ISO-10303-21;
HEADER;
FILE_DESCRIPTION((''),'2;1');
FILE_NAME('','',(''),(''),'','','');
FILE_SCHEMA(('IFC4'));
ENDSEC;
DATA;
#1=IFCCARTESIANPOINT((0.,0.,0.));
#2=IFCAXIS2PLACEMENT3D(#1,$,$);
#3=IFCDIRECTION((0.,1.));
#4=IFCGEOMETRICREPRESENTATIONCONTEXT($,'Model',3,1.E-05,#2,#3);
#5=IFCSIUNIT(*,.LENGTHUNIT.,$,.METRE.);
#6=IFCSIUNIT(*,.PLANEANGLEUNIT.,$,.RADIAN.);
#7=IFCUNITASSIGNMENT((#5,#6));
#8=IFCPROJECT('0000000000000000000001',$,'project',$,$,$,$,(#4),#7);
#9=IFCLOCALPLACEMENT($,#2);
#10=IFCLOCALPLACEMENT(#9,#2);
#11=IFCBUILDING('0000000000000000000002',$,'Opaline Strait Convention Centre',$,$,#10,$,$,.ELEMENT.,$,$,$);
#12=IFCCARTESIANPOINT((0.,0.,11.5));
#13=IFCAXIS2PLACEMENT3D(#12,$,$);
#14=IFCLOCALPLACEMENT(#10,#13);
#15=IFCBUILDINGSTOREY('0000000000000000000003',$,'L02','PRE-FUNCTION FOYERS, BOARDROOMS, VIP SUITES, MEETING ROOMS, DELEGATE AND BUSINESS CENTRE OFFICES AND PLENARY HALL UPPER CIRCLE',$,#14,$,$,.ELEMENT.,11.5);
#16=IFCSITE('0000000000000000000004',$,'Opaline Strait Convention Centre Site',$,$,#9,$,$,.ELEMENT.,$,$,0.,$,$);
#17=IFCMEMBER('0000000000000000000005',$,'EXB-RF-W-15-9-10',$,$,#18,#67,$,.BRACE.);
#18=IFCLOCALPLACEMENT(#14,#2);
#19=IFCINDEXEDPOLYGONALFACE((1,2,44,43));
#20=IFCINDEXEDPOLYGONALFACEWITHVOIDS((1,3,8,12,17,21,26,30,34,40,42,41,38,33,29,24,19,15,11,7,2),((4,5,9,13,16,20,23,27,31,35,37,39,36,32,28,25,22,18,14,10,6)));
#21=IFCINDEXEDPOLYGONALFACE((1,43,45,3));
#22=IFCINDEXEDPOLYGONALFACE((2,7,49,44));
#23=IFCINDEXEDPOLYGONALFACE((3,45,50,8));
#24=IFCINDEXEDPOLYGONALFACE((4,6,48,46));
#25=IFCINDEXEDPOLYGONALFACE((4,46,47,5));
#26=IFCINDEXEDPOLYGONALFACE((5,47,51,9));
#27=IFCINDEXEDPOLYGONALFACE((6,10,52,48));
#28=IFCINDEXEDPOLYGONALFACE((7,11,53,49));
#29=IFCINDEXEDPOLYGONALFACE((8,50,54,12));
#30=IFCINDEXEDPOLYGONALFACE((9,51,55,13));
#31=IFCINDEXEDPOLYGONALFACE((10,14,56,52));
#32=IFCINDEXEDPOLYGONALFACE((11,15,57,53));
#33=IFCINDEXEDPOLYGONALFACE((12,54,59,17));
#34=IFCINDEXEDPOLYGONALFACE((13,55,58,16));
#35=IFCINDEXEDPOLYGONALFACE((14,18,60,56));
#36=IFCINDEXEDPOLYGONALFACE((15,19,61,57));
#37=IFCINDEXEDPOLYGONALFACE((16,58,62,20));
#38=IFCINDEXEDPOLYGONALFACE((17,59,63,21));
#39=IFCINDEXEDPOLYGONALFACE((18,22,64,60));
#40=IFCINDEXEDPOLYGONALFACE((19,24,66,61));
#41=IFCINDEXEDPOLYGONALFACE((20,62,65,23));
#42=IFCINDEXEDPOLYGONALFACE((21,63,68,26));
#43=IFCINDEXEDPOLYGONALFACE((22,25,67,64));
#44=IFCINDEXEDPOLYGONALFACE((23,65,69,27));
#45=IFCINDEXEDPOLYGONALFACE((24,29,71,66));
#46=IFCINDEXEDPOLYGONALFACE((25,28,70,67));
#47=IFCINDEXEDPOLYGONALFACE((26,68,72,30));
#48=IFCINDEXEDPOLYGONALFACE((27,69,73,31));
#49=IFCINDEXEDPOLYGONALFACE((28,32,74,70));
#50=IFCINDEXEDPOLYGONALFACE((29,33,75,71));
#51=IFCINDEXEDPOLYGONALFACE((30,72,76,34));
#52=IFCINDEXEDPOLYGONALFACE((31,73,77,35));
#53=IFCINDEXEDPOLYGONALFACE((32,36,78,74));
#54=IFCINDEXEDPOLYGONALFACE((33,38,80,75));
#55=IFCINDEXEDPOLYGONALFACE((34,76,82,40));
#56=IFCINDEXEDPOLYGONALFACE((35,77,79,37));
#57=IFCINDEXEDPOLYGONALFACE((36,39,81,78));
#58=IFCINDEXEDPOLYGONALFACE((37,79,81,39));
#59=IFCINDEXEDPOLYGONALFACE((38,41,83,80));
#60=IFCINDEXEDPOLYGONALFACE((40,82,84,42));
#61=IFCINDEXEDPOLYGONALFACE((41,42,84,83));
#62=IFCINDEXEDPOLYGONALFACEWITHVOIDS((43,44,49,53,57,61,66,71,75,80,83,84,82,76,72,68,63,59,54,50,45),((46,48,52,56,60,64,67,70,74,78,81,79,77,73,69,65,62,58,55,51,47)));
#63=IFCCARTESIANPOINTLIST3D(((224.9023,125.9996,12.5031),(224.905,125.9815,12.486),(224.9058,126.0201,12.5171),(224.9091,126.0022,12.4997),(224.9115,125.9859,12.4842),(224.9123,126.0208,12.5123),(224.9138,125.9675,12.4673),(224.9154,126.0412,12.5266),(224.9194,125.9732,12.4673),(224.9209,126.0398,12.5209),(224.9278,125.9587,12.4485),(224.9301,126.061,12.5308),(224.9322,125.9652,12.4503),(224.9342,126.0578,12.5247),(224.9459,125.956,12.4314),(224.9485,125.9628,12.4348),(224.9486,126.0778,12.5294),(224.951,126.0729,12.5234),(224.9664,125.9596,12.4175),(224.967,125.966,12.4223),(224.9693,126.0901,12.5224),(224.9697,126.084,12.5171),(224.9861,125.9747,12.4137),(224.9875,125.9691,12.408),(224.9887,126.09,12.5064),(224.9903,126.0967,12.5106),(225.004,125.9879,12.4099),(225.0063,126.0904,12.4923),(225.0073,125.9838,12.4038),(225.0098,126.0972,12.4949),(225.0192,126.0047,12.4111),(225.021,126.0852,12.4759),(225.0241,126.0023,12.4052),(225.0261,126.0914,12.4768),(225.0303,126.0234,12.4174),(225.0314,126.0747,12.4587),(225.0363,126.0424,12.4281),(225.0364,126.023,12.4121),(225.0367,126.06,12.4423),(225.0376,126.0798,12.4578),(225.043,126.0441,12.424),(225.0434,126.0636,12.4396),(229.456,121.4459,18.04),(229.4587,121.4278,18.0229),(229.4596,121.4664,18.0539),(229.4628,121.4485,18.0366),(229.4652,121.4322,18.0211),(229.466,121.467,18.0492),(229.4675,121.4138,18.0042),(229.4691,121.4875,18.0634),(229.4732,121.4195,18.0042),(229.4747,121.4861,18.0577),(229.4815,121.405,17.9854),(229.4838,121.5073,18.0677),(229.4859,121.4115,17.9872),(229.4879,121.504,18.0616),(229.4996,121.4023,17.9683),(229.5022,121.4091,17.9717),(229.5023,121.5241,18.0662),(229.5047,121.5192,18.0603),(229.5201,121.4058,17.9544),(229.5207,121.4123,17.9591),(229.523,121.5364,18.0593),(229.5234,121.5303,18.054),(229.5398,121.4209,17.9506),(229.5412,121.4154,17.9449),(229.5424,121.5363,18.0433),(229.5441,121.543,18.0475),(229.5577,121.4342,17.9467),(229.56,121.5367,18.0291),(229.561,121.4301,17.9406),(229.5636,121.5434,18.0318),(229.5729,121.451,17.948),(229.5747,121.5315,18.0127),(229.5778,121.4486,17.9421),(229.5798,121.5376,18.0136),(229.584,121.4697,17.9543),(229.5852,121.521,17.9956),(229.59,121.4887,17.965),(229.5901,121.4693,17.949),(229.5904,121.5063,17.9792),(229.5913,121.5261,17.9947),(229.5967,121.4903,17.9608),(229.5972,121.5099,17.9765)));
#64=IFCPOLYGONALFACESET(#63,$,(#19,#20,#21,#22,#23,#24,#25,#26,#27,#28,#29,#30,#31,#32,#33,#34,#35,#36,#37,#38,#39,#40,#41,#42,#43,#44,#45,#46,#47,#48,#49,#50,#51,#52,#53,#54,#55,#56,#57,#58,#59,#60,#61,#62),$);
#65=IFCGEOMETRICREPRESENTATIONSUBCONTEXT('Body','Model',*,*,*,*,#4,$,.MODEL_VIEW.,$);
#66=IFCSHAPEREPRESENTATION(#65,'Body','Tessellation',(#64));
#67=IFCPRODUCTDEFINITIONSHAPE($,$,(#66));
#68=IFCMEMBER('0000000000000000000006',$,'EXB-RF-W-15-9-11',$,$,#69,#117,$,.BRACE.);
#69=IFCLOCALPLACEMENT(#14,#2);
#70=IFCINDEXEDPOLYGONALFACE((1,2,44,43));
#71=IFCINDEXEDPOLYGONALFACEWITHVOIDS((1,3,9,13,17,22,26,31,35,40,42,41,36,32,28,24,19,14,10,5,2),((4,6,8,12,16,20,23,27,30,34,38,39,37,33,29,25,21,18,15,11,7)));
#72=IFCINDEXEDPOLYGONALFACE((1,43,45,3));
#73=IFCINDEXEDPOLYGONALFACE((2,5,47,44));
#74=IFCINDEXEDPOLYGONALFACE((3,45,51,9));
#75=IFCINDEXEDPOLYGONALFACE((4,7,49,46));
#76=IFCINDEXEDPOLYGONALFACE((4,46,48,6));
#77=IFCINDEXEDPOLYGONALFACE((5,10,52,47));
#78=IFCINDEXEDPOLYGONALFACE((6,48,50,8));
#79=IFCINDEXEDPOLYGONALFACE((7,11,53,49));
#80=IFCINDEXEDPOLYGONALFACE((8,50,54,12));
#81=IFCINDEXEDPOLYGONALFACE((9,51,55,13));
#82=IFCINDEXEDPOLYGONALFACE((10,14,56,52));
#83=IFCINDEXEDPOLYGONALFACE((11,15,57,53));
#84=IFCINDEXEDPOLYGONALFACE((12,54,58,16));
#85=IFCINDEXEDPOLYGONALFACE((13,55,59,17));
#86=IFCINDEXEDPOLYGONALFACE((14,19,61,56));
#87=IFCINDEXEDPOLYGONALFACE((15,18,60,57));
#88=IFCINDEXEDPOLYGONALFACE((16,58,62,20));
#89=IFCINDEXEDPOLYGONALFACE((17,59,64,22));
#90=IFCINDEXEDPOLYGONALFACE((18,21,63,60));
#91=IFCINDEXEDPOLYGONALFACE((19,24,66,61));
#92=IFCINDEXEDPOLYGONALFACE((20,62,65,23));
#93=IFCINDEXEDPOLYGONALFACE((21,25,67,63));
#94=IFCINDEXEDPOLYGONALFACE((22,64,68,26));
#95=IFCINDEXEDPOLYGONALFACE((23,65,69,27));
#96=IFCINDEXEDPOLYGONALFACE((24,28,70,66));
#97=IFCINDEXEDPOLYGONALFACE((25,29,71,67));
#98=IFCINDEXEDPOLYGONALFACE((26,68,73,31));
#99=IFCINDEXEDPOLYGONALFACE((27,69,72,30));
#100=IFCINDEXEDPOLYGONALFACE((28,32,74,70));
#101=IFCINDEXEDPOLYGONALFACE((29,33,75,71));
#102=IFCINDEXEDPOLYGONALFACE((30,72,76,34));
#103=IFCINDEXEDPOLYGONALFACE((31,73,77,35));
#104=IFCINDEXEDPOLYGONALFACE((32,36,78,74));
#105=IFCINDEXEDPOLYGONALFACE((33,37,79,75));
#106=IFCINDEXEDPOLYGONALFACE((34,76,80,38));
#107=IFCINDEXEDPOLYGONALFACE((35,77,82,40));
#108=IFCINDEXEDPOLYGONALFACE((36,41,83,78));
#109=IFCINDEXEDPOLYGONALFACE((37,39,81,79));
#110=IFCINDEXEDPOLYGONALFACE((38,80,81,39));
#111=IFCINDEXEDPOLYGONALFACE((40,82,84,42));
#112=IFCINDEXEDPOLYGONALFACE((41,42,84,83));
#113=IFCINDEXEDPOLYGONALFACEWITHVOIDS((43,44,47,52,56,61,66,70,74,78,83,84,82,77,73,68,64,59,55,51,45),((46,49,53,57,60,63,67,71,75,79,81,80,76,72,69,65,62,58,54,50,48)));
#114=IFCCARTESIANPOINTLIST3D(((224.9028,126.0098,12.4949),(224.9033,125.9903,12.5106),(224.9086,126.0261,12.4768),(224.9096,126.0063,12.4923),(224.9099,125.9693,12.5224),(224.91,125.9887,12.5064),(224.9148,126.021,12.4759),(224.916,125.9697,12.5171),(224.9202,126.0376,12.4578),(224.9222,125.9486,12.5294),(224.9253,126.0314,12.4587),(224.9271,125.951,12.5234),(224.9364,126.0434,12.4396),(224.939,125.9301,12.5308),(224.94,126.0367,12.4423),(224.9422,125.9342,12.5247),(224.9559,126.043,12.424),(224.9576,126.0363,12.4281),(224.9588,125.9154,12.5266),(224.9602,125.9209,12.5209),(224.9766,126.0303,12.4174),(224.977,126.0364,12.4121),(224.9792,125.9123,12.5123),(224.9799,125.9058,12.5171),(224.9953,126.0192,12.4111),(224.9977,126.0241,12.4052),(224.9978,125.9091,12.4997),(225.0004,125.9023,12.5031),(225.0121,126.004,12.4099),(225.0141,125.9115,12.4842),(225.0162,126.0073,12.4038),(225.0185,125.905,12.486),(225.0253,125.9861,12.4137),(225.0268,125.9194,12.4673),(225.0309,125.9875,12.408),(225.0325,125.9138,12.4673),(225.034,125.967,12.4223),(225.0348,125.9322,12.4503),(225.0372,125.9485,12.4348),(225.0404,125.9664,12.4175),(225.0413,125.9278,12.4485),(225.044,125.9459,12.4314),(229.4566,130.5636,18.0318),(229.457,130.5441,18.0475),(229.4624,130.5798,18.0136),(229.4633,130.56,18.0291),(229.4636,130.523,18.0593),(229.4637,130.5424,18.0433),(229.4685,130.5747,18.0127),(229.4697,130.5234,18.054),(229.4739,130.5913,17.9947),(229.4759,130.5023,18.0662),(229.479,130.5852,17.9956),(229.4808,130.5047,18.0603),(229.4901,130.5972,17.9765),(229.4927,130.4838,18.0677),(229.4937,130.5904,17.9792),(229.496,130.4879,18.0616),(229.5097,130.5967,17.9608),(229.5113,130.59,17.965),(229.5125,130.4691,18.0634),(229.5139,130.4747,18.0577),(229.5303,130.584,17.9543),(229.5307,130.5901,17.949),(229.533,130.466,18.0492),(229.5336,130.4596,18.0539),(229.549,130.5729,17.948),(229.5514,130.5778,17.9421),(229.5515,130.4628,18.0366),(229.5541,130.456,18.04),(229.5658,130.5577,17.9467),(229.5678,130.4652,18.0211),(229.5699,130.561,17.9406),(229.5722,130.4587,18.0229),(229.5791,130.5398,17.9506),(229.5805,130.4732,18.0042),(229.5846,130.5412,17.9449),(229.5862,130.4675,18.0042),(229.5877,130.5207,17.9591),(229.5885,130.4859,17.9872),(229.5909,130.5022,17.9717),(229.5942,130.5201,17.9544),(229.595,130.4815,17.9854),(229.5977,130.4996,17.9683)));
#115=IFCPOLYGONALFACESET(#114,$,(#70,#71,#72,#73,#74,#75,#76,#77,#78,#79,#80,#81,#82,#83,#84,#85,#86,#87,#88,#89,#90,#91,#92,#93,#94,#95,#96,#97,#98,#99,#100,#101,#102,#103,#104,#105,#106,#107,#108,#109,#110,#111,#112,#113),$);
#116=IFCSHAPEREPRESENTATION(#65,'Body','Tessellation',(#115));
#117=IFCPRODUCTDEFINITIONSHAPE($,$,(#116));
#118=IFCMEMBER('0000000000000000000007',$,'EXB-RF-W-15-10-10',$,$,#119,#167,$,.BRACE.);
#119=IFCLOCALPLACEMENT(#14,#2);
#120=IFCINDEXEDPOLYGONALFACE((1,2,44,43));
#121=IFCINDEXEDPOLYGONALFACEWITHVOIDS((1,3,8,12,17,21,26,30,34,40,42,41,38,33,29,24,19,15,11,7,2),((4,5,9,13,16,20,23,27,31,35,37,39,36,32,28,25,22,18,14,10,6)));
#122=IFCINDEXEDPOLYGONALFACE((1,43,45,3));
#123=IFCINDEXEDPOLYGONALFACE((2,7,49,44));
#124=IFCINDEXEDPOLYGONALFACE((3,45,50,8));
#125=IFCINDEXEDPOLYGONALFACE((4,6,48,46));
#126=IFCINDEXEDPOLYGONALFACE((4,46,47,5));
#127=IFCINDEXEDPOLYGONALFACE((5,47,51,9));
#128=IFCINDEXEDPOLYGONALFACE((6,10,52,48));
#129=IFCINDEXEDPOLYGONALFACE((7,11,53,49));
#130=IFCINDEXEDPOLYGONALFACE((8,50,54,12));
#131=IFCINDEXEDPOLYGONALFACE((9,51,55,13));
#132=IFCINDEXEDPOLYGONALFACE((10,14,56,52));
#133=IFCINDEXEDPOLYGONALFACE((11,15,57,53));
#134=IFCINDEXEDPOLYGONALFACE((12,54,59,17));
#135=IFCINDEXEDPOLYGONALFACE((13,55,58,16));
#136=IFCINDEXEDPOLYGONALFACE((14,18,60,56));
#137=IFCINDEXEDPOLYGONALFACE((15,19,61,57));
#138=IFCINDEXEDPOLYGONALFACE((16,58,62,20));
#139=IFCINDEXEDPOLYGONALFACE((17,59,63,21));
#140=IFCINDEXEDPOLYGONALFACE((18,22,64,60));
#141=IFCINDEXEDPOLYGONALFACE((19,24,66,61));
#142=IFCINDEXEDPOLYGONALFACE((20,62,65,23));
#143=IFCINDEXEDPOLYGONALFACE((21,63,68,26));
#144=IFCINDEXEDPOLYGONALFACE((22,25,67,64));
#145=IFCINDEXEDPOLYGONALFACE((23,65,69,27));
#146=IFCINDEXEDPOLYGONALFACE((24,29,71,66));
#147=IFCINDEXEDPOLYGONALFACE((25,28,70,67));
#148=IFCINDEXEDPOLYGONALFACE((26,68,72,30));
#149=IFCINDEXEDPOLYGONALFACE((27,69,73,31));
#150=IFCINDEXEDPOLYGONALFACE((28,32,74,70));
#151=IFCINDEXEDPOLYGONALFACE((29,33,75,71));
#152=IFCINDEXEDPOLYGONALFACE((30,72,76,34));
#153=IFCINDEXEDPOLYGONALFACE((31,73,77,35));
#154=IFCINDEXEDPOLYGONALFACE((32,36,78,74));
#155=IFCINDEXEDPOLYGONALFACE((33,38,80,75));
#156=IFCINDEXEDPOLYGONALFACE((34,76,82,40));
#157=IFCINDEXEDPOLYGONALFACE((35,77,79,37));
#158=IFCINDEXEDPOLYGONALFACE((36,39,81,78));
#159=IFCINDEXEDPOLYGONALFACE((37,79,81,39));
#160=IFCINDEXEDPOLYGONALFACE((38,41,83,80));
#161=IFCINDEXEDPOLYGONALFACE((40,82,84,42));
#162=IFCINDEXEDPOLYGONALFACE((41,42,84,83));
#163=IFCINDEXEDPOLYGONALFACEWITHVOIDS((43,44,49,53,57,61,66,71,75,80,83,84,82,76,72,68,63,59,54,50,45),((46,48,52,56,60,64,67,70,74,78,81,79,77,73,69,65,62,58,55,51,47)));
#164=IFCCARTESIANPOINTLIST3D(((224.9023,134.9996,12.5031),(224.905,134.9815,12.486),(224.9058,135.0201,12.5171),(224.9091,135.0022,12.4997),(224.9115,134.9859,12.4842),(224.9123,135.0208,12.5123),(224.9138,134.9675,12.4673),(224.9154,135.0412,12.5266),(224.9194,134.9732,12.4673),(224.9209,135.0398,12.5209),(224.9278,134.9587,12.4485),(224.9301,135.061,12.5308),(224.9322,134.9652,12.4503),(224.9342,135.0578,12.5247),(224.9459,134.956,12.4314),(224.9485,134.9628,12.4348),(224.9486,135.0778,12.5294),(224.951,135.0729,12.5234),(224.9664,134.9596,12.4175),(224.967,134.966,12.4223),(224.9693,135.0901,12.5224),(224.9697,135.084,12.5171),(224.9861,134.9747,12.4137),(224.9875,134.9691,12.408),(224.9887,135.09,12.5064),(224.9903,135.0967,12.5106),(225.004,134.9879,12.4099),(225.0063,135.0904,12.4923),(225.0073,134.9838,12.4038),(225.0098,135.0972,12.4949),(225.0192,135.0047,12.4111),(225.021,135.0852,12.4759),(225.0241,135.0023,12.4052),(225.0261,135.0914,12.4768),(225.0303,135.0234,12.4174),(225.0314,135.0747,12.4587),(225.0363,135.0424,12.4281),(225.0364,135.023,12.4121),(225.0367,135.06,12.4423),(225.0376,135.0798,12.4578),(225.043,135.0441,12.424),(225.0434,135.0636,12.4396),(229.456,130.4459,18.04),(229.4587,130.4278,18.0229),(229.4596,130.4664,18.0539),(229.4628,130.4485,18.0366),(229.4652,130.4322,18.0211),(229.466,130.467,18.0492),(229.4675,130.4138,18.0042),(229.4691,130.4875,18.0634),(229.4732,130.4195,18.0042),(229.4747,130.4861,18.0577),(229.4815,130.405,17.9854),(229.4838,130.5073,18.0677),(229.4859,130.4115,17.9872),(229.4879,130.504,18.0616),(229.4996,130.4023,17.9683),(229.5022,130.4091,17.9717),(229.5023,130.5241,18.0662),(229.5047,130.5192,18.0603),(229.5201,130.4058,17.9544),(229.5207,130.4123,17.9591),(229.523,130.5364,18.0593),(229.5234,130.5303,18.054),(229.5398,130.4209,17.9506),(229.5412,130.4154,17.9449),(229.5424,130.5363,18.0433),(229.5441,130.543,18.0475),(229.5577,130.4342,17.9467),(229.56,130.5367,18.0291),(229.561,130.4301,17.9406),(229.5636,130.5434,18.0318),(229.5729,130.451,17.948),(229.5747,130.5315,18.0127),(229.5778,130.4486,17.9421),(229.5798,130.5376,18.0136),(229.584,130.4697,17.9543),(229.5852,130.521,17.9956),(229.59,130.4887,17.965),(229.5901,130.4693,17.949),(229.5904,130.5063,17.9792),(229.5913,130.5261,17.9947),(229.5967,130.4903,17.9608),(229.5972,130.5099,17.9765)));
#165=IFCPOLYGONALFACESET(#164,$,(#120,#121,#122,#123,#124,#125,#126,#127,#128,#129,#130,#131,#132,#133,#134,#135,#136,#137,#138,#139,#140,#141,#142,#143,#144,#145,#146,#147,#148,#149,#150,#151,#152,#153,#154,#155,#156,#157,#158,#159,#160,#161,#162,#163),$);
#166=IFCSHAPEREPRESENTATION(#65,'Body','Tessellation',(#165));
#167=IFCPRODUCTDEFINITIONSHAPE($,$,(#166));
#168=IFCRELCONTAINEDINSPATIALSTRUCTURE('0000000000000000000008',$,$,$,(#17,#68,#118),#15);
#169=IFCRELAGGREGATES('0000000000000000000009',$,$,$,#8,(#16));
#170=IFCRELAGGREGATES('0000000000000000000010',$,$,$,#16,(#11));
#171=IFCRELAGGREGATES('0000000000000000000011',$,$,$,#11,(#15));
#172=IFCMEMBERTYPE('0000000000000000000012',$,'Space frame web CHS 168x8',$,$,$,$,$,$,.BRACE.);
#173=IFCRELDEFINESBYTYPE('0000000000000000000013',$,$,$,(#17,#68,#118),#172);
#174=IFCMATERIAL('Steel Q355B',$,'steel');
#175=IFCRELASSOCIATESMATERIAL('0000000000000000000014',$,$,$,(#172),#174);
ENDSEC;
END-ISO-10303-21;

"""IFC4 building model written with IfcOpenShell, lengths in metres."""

from ifc_helpers import new_model, si_unit, direction, frame, origin, origin_2d, place, context, subcontext, project, spatial, hollow_circle, extrude, material, material_profile, profile_set, type_object, element, save


model = new_model("IFC4")

# Units and contexts
model_context = context("Model", 3, precision=1e-05, world=origin(), true_north=direction((0.0, 1.0)))
body_context = subcontext(model_context, "Body", "Model", "MODEL_VIEW")
ifc_project = project(units=[si_unit("LENGTHUNIT", "METRE"), si_unit("PLANEANGLEUNIT", "RADIAN")], contexts=[model_context])

# Site, building, storey
site_placement = place(None, origin())
site = spatial("IfcSite", under=ifc_project, at=site_placement, Name="Opaline Strait Convention Centre Site", CompositionType="ELEMENT", RefElevation=0.0)
building_placement = place(site_placement, origin())
building = spatial("IfcBuilding", under=site, at=building_placement, Name="Opaline Strait Convention Centre", CompositionType="ELEMENT")
storey_placement = place(building_placement, frame((0.0, 0.0, 11.5)))
storey = spatial("IfcBuildingStorey", under=building, at=storey_placement, Name="L02", Description="PRE-FUNCTION FOYERS, BOARDROOMS, VIP SUITES, MEETING ROOMS, DELEGATE AND BUSINESS CENTRE OFFICES AND PLENARY HALL UPPER CIRCLE", CompositionType="ELEMENT", Elevation=11.5)

# Members
ifc_material = material(Name="Steel Q355B", Category="steel")
ifc_material_profile_1 = material_profile(ifc_material, hollow_circle(Radius=0.084, WallThickness=0.0081, at=origin_2d()), Name="CHS 168x8")
ifc_profile_set_1 = profile_set([ifc_material_profile_1], Name="Steel Q355B")
member_type_1 = type_object("IfcMemberType", Name="Space frame web CHS 168x8", PredefinedType="BRACE", material=ifc_profile_set_1)
for number, where, z_axis, x_axis, name in (
    (1, (229.5269, 121.4731, 18.0042), (-0.536178, 0.536178, -0.65194), (-0.707107, -0.707107, 0.0), "EXB-RF-W-15-9-10"),
    (2, (229.5269, 130.5269, 18.0042), (-0.536178, -0.536178, -0.65194), (0.707107, -0.707107, 0.0), "EXB-RF-W-15-9-11"),
    (3, (229.5269, 130.4731, 18.0042), (-0.536178, 0.536178, -0.65194), (-0.707107, -0.707107, 0.0), "EXB-RF-W-15-10-10"),
):
    element("IfcMember", number, at=place(storey_placement, frame(where, z_axis=z_axis, x_axis=x_axis)), inside=storey, type_object=member_type_1, Name=name, PredefinedType="BRACE", context=body_context, shape_type="SweptSolid", body=[
        extrude(hollow_circle(Radius=0.084, WallThickness=0.0081, at=origin_2d()), origin(), (0.0, 0.0, 1.0), 8.4929),
    ])

save(model, "model.ifc")
